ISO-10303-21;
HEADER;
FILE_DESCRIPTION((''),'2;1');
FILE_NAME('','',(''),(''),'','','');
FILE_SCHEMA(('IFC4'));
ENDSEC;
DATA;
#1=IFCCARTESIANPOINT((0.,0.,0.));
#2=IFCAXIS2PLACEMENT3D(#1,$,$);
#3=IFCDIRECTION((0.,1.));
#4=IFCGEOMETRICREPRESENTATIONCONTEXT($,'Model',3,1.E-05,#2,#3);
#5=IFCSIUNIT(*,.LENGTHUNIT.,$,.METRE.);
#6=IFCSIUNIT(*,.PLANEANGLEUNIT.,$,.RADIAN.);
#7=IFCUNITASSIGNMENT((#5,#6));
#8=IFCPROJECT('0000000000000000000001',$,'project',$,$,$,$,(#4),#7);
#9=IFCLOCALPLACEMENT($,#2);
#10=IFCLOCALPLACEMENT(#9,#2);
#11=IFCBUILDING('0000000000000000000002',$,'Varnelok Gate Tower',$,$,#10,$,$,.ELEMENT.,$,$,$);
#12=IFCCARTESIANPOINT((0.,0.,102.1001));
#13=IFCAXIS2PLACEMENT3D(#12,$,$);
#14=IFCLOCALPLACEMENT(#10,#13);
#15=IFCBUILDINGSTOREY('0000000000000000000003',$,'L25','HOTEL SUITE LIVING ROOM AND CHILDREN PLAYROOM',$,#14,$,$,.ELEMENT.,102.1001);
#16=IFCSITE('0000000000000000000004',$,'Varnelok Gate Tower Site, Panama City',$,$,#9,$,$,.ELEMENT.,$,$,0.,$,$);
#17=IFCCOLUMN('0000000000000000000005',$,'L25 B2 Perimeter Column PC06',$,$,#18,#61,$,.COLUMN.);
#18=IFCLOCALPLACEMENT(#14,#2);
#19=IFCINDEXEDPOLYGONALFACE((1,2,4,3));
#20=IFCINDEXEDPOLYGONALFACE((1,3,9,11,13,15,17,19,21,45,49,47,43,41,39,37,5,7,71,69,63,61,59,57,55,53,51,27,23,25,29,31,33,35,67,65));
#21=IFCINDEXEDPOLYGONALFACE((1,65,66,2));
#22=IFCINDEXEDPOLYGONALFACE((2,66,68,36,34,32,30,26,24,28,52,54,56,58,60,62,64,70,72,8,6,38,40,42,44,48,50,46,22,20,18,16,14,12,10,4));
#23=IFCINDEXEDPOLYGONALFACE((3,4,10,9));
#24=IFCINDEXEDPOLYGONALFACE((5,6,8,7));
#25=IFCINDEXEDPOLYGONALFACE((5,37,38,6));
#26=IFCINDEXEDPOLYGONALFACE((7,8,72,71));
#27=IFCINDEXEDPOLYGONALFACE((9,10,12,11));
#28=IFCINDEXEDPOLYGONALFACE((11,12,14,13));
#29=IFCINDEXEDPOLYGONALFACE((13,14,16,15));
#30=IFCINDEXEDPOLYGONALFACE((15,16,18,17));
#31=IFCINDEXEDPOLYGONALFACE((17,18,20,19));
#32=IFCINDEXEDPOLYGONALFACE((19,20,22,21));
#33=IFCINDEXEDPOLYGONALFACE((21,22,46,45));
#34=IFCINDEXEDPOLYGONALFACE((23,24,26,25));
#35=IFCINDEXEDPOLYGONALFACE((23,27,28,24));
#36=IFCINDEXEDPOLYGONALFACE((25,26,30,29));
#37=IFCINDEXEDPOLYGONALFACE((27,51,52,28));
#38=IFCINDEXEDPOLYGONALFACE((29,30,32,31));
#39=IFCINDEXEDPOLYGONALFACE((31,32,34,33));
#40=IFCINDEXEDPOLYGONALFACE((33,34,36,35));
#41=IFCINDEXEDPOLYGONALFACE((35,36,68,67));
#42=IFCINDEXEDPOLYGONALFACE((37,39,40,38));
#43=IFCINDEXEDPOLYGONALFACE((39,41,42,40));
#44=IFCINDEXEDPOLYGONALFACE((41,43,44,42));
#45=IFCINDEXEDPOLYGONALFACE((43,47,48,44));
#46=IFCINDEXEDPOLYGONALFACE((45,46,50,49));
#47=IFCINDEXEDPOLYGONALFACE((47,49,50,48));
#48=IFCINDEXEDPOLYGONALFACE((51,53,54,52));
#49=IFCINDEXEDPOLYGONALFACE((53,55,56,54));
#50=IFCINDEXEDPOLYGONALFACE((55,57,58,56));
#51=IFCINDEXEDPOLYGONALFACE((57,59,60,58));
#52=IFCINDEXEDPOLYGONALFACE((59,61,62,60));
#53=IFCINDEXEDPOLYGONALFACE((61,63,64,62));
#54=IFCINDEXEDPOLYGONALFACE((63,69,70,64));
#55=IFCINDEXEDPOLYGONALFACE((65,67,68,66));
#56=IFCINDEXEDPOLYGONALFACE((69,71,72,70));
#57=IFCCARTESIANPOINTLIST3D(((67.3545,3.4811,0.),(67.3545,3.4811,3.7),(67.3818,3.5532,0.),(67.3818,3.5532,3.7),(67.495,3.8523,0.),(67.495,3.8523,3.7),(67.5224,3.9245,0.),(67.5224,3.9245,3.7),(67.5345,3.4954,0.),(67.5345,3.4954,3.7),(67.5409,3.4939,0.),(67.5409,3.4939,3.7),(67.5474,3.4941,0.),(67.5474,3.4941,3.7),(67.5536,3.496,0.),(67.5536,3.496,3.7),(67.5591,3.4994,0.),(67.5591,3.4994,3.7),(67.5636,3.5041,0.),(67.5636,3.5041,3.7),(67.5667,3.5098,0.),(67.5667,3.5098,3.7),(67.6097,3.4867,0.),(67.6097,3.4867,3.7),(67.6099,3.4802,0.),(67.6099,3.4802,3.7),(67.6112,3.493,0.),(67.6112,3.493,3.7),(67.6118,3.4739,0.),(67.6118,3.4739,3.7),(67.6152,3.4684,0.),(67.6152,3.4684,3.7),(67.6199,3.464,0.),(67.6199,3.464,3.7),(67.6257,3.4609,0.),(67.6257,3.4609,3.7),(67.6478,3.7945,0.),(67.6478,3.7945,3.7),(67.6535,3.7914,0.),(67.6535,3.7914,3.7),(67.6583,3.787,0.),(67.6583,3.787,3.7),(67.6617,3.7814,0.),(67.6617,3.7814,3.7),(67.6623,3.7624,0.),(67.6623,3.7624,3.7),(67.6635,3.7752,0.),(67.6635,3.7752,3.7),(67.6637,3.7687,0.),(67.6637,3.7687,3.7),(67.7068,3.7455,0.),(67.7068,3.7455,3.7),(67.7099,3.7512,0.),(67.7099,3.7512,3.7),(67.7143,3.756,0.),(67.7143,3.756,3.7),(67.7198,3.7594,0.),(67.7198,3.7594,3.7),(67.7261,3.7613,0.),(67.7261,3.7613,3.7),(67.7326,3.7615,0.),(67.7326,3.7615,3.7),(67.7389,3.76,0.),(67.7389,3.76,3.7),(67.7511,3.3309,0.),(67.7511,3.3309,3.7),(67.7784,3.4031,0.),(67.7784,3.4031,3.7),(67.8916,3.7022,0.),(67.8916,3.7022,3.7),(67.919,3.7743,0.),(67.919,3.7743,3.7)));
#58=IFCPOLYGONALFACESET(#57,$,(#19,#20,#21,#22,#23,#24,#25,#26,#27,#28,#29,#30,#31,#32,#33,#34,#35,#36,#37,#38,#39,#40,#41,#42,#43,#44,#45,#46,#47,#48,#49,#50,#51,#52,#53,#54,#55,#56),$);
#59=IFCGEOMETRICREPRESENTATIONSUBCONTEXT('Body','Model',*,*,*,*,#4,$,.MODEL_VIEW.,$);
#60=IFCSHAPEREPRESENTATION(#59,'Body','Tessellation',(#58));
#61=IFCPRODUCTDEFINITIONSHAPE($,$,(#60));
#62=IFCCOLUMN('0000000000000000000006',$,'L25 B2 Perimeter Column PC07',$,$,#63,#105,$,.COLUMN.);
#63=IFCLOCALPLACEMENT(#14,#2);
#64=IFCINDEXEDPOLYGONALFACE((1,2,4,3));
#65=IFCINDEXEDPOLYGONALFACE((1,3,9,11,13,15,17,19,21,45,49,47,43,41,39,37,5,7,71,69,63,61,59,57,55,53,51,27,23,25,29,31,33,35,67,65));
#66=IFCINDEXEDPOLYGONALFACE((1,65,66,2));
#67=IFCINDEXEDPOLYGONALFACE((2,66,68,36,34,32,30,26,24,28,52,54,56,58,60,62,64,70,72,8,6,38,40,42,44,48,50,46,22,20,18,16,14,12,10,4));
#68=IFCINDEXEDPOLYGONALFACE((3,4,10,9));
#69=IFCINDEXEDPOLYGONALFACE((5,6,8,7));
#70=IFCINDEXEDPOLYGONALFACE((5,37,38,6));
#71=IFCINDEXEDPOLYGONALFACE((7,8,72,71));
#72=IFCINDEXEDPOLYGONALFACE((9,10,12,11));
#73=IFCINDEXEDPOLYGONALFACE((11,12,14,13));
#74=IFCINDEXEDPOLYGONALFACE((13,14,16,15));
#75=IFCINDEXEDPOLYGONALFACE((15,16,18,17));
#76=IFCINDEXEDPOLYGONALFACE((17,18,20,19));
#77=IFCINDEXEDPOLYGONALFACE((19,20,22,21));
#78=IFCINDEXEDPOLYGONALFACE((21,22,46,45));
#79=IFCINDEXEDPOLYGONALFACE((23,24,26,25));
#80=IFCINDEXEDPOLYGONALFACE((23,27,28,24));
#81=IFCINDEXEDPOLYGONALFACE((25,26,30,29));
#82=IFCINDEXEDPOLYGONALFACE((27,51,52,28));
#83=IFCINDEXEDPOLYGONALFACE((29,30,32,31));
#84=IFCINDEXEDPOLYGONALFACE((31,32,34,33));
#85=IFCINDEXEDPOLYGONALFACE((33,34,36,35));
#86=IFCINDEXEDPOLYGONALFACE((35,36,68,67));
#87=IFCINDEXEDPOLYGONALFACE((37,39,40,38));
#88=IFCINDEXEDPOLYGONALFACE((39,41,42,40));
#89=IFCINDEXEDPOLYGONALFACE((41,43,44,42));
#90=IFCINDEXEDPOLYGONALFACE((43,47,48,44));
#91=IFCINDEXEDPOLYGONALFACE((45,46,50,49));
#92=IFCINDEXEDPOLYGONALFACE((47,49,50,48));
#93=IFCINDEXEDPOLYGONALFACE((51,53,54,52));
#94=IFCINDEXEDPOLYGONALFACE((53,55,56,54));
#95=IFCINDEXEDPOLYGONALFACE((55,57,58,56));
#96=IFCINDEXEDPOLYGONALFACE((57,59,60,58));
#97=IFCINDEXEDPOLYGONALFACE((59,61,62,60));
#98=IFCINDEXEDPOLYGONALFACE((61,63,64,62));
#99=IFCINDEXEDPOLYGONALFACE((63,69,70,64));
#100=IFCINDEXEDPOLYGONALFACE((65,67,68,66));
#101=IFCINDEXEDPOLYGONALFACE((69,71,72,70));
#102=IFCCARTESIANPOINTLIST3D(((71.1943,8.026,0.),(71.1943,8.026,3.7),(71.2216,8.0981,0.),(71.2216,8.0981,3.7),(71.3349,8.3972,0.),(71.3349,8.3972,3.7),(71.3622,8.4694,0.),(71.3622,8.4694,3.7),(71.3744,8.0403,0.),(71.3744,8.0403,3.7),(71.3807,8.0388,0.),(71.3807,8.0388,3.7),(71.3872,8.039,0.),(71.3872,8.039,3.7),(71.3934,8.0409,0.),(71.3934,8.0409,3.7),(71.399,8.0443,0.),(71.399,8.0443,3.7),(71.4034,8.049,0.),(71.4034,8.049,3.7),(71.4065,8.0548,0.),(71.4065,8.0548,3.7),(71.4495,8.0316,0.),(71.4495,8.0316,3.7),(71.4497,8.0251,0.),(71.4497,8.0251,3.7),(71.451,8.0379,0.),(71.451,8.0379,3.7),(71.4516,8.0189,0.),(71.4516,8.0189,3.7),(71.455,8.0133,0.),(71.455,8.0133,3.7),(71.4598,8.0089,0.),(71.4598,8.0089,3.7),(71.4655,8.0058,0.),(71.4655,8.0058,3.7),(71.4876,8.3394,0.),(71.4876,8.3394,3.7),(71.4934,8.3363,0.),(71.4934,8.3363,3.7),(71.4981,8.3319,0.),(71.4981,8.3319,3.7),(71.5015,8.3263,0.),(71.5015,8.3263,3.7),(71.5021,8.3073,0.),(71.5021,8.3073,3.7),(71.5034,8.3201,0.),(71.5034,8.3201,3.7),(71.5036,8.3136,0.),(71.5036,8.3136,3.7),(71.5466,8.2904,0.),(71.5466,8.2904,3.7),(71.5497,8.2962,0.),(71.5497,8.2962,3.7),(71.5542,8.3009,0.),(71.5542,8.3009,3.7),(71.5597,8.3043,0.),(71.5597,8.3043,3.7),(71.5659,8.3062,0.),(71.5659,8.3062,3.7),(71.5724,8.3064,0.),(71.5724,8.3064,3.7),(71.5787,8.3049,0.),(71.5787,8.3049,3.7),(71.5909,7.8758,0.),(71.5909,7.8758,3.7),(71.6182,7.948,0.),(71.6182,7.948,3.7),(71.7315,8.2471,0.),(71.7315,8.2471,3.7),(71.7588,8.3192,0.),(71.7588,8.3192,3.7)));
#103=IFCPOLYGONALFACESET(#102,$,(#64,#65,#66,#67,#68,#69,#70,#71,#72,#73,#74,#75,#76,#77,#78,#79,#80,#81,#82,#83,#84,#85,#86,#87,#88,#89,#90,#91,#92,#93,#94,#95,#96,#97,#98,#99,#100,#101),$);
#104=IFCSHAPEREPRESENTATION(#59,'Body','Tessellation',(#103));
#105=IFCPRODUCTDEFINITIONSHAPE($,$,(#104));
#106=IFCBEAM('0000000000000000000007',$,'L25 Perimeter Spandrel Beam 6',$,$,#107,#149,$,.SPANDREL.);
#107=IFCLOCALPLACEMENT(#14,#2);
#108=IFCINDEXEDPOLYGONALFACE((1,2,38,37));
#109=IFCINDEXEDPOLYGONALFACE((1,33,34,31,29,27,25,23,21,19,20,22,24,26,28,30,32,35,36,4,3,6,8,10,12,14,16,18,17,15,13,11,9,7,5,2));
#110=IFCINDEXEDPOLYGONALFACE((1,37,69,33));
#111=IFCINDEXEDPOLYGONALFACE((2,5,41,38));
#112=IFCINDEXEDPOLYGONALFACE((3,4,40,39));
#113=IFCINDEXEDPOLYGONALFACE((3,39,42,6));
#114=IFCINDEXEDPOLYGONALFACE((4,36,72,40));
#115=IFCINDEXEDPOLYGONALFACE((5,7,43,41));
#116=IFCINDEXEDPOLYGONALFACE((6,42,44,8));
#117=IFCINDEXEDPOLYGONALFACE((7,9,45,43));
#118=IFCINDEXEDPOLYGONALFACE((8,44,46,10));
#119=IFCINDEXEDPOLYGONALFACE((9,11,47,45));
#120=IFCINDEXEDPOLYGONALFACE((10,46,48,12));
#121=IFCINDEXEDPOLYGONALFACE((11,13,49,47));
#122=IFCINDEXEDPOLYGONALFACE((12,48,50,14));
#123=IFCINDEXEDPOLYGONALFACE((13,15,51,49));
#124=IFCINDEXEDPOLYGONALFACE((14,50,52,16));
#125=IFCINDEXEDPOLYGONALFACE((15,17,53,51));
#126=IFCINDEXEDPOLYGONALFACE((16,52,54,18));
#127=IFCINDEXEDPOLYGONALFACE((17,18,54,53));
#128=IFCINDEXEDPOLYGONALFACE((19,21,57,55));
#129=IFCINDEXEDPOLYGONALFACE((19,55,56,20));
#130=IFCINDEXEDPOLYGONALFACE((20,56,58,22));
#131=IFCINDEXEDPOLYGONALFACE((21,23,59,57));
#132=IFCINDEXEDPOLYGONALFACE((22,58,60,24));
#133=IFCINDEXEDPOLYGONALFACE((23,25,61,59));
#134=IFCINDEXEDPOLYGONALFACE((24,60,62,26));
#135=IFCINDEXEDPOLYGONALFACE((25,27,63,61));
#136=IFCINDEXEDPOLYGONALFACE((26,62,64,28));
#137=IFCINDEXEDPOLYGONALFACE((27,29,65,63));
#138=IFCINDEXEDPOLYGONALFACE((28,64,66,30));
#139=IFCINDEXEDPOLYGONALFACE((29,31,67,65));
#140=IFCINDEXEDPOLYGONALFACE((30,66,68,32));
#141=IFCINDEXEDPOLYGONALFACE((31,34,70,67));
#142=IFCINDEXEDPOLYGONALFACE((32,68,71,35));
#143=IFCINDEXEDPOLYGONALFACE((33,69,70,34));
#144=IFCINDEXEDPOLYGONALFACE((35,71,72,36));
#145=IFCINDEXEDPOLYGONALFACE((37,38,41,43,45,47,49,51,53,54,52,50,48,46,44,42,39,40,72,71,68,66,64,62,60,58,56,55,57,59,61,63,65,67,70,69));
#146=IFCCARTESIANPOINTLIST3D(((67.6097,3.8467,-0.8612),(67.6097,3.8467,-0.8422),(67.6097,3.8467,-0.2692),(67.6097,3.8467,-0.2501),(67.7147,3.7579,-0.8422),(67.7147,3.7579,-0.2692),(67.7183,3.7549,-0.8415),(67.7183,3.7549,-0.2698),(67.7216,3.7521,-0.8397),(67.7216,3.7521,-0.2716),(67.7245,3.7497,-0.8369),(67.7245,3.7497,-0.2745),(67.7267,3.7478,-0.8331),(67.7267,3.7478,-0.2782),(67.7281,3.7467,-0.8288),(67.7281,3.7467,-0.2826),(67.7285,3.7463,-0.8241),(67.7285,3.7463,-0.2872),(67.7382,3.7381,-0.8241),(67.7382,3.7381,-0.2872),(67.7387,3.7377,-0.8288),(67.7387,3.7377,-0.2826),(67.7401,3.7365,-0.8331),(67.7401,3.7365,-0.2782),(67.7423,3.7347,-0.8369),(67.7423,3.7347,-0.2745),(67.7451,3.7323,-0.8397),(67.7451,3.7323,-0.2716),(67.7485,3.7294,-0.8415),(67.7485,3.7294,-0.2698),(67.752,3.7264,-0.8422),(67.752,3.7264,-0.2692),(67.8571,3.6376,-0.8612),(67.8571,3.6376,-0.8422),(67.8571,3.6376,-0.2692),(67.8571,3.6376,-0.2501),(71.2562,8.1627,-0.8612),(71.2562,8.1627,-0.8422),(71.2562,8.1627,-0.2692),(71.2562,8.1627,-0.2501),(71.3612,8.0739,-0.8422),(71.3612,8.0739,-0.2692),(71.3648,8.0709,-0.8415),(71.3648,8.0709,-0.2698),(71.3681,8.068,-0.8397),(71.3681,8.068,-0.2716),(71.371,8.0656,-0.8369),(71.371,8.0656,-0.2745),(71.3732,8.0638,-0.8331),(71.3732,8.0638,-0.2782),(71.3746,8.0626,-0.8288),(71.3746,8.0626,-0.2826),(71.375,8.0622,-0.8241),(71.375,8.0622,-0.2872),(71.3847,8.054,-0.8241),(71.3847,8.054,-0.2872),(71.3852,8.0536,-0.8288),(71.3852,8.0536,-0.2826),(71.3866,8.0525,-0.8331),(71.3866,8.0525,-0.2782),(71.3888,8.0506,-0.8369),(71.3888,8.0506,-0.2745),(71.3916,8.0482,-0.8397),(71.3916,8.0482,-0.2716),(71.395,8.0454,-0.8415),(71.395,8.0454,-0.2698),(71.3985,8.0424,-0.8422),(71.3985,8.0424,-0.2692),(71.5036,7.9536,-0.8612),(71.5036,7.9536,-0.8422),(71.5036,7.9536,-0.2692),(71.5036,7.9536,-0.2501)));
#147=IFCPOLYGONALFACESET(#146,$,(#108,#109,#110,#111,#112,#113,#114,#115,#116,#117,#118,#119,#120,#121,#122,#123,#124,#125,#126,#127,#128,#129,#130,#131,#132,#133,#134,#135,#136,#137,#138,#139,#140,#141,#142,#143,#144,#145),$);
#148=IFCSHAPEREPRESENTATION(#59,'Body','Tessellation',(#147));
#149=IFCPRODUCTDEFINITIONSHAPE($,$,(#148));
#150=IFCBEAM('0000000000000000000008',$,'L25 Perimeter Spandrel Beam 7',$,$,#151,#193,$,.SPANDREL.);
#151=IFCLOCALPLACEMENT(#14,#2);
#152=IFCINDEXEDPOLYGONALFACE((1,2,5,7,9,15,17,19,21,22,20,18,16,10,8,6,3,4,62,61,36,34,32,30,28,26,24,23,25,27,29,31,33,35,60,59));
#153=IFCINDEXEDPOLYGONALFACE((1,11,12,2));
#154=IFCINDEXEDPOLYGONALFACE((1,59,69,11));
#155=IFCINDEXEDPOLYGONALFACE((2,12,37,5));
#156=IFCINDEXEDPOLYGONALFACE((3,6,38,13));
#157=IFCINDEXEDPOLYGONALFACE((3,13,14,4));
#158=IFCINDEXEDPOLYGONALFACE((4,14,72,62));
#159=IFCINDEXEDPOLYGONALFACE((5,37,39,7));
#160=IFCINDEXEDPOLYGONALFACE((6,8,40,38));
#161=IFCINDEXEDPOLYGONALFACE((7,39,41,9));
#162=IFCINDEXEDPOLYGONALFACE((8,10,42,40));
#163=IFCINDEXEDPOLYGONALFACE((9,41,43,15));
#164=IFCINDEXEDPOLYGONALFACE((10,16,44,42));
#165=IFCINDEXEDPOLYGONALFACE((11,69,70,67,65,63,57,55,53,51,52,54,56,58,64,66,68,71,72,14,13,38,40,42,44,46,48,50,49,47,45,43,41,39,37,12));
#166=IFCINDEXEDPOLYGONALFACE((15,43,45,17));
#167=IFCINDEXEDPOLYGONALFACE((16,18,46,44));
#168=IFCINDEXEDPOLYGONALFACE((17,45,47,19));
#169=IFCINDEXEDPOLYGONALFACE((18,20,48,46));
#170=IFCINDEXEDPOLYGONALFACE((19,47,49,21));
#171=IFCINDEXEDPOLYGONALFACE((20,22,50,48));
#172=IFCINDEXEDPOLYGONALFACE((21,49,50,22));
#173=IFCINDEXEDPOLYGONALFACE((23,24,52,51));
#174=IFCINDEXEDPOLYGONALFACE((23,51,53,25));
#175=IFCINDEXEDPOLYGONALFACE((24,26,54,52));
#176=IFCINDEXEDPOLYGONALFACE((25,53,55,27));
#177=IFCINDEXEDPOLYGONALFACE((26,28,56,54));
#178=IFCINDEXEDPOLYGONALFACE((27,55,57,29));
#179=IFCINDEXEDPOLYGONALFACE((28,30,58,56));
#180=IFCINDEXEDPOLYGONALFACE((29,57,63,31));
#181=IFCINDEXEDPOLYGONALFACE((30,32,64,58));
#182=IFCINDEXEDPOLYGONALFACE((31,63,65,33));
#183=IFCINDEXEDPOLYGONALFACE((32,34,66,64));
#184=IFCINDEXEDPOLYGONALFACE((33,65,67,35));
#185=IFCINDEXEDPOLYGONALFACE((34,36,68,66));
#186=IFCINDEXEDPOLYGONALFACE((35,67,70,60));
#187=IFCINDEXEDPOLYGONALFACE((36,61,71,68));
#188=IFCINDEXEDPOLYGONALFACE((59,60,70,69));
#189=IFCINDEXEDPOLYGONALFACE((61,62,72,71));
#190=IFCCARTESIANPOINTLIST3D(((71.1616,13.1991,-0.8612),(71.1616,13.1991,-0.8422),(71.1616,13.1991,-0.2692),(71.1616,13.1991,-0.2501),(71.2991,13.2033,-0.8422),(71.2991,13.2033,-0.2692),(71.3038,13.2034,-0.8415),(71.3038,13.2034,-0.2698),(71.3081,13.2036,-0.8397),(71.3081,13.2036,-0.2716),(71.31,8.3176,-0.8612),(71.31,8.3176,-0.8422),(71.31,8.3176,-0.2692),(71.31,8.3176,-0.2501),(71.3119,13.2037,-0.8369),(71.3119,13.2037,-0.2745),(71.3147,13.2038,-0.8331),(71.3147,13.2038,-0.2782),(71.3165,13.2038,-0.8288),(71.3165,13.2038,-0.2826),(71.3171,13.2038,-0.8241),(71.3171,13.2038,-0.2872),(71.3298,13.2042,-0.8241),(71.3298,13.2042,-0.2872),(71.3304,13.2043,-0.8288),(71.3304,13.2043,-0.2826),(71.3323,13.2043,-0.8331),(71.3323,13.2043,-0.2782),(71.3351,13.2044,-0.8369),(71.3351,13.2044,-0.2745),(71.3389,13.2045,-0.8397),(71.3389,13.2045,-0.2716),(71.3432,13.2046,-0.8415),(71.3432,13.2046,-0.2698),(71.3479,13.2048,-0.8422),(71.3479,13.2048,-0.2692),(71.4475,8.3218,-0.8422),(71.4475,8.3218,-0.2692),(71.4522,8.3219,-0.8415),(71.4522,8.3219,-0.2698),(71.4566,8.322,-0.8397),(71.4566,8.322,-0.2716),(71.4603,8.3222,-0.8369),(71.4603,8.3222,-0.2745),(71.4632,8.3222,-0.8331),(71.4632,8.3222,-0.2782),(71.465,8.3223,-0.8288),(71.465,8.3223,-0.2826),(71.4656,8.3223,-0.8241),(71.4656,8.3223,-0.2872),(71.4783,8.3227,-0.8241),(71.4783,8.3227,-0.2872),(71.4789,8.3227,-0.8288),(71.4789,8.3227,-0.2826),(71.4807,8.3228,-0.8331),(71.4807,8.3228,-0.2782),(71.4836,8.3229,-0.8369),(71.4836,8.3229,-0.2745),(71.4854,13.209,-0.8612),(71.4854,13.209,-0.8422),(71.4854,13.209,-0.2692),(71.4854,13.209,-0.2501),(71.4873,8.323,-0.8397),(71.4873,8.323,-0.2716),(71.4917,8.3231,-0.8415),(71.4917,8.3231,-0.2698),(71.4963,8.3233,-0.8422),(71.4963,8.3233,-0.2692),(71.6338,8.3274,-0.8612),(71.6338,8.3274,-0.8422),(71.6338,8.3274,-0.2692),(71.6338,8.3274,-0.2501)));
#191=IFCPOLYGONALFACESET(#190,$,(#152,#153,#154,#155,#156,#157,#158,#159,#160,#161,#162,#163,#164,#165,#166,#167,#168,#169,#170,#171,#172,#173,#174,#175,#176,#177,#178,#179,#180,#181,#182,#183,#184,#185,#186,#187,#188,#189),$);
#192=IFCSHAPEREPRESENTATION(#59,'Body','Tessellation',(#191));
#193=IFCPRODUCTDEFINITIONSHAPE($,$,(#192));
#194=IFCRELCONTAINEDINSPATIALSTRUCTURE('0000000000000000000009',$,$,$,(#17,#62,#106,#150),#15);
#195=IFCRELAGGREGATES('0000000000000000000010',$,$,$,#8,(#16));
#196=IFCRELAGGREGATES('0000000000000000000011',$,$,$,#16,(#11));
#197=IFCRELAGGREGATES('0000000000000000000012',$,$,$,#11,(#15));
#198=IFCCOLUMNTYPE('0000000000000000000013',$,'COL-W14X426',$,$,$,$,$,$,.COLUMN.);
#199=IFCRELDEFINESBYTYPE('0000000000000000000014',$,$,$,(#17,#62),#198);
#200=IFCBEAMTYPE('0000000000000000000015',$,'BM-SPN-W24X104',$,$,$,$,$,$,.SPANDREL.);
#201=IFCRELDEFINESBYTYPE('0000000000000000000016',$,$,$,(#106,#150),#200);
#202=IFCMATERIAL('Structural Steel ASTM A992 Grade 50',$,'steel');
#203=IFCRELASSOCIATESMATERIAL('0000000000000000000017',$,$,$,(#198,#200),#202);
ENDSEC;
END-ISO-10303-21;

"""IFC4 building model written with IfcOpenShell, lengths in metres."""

from ifc_helpers import new_model, si_unit, direction, frame, origin, origin_2d, place, context, subcontext, project, spatial, i_section, extrude, material, material_profile, profile_set, type_object, element, save


model = new_model("IFC4")

# Units and contexts
model_context = context("Model", 3, precision=1e-05, world=origin(), true_north=direction((0.0, 1.0)))
body_context = subcontext(model_context, "Body", "Model", "MODEL_VIEW")
ifc_project = project(units=[si_unit("LENGTHUNIT", "METRE"), si_unit("PLANEANGLEUNIT", "RADIAN")], contexts=[model_context])

# Site, building, storey
site_placement = place(None, origin())
site = spatial("IfcSite", under=ifc_project, at=site_placement, Name="Varnelok Gate Tower Site, Panama City", CompositionType="ELEMENT", RefElevation=0.0)
building_placement = place(site_placement, origin())
building = spatial("IfcBuilding", under=site, at=building_placement, Name="Varnelok Gate Tower", CompositionType="ELEMENT")
storey_placement = place(building_placement, frame((0.0, 0.0, 102.1001)))
storey = spatial("IfcBuildingStorey", under=building, at=storey_placement, Name="L25", Description="HOTEL SUITE LIVING ROOM AND CHILDREN PLAYROOM", CompositionType="ELEMENT", Elevation=102.1001)

# Columns
ifc_material_1 = material(Name="Structural Steel ASTM A992 Grade 50", Category="steel")
ifc_material_profile_1 = material_profile(ifc_material_1, i_section(OverallWidth=0.4241, OverallDepth=0.4741, WebThickness=0.0476, FlangeThickness=0.0771, FilletRadius=0.0249, at=origin_2d()), Name="W14X426")
ifc_profile_set_1 = profile_set([ifc_material_profile_1], Name="Structural Steel ASTM A992 Grade 50")
column_type = type_object("IfcColumnType", Name="COL-W14X426", PredefinedType="COLUMN", material=ifc_profile_set_1)
for number, where, z_axis, x_axis, name in (
    (1, (67.6367, 3.6277, 0.0), (0.0, 0.0, 1.0), (0.935222, -0.354063, 0.0), "L25 B2 Perimeter Column PC06"),
    (2, (71.4766, 8.1726, 0.0), (0.0, 0.0, 1.0), (0.935222, -0.354063, 0.0), "L25 B2 Perimeter Column PC07"),
):
    element("IfcColumn", number, at=place(storey_placement, frame(where, z_axis=z_axis, x_axis=x_axis)), inside=storey, type_object=column_type, Name=name, PredefinedType="COLUMN", context=body_context, shape_type="SweptSolid", body=[
        extrude(i_section(OverallWidth=0.4241, OverallDepth=0.4741, WebThickness=0.0476, FlangeThickness=0.0771, FilletRadius=0.0249, at=origin_2d()), origin(), (0.0, 0.0, 1.0), 3.7),
    ])

# Beams
ifc_material_profile_2 = material_profile(ifc_material_1, i_section(OverallWidth=0.324, OverallDepth=0.6111, WebThickness=0.0127, FlangeThickness=0.019, FilletRadius=0.0181, at=origin_2d()), Name="W24X104")
ifc_profile_set_2 = profile_set([ifc_material_profile_2], Name="Structural Steel ASTM A992 Grade 50")
beam_type = type_object("IfcBeamType", Name="BM-SPN-W24X104", PredefinedType="SPANDREL", material=ifc_profile_set_2)
beam_1_placement = place(storey_placement, frame((67.7334, 3.7422, -0.5557), z_axis=(0.64538, 0.763861, 0.0), x_axis=(-0.763861, 0.64538, 0.0)))
element("IfcBeam", 3, at=beam_1_placement, inside=storey, type_object=beam_type, Name="L25 Perimeter Spandrel Beam 6", PredefinedType="SPANDREL", context=body_context, shape_type="SweptSolid", body=[
    extrude(i_section(OverallWidth=0.324, OverallDepth=0.6111, WebThickness=0.0127, FlangeThickness=0.019, FilletRadius=0.0181, at=origin_2d()), origin(), (0.0, 0.0, 1.0), 5.6501),
])
beam_2_placement = place(storey_placement, frame((71.4719, 8.3225, -0.5557), z_axis=(-0.030394, 0.999538, 0.0), x_axis=(-0.999538, -0.030394, 0.0)))
element("IfcBeam", 4, at=beam_2_placement, inside=storey, type_object=beam_type, Name="L25 Perimeter Spandrel Beam 7", PredefinedType="SPANDREL", context=body_context, shape_type="SweptSolid", body=[
    extrude(i_section(OverallWidth=0.324, OverallDepth=0.6111, WebThickness=0.0127, FlangeThickness=0.019, FilletRadius=0.0181, at=origin_2d()), origin(), (0.0, 0.0, 1.0), 4.8838),
])

save(model, "model.ifc")
